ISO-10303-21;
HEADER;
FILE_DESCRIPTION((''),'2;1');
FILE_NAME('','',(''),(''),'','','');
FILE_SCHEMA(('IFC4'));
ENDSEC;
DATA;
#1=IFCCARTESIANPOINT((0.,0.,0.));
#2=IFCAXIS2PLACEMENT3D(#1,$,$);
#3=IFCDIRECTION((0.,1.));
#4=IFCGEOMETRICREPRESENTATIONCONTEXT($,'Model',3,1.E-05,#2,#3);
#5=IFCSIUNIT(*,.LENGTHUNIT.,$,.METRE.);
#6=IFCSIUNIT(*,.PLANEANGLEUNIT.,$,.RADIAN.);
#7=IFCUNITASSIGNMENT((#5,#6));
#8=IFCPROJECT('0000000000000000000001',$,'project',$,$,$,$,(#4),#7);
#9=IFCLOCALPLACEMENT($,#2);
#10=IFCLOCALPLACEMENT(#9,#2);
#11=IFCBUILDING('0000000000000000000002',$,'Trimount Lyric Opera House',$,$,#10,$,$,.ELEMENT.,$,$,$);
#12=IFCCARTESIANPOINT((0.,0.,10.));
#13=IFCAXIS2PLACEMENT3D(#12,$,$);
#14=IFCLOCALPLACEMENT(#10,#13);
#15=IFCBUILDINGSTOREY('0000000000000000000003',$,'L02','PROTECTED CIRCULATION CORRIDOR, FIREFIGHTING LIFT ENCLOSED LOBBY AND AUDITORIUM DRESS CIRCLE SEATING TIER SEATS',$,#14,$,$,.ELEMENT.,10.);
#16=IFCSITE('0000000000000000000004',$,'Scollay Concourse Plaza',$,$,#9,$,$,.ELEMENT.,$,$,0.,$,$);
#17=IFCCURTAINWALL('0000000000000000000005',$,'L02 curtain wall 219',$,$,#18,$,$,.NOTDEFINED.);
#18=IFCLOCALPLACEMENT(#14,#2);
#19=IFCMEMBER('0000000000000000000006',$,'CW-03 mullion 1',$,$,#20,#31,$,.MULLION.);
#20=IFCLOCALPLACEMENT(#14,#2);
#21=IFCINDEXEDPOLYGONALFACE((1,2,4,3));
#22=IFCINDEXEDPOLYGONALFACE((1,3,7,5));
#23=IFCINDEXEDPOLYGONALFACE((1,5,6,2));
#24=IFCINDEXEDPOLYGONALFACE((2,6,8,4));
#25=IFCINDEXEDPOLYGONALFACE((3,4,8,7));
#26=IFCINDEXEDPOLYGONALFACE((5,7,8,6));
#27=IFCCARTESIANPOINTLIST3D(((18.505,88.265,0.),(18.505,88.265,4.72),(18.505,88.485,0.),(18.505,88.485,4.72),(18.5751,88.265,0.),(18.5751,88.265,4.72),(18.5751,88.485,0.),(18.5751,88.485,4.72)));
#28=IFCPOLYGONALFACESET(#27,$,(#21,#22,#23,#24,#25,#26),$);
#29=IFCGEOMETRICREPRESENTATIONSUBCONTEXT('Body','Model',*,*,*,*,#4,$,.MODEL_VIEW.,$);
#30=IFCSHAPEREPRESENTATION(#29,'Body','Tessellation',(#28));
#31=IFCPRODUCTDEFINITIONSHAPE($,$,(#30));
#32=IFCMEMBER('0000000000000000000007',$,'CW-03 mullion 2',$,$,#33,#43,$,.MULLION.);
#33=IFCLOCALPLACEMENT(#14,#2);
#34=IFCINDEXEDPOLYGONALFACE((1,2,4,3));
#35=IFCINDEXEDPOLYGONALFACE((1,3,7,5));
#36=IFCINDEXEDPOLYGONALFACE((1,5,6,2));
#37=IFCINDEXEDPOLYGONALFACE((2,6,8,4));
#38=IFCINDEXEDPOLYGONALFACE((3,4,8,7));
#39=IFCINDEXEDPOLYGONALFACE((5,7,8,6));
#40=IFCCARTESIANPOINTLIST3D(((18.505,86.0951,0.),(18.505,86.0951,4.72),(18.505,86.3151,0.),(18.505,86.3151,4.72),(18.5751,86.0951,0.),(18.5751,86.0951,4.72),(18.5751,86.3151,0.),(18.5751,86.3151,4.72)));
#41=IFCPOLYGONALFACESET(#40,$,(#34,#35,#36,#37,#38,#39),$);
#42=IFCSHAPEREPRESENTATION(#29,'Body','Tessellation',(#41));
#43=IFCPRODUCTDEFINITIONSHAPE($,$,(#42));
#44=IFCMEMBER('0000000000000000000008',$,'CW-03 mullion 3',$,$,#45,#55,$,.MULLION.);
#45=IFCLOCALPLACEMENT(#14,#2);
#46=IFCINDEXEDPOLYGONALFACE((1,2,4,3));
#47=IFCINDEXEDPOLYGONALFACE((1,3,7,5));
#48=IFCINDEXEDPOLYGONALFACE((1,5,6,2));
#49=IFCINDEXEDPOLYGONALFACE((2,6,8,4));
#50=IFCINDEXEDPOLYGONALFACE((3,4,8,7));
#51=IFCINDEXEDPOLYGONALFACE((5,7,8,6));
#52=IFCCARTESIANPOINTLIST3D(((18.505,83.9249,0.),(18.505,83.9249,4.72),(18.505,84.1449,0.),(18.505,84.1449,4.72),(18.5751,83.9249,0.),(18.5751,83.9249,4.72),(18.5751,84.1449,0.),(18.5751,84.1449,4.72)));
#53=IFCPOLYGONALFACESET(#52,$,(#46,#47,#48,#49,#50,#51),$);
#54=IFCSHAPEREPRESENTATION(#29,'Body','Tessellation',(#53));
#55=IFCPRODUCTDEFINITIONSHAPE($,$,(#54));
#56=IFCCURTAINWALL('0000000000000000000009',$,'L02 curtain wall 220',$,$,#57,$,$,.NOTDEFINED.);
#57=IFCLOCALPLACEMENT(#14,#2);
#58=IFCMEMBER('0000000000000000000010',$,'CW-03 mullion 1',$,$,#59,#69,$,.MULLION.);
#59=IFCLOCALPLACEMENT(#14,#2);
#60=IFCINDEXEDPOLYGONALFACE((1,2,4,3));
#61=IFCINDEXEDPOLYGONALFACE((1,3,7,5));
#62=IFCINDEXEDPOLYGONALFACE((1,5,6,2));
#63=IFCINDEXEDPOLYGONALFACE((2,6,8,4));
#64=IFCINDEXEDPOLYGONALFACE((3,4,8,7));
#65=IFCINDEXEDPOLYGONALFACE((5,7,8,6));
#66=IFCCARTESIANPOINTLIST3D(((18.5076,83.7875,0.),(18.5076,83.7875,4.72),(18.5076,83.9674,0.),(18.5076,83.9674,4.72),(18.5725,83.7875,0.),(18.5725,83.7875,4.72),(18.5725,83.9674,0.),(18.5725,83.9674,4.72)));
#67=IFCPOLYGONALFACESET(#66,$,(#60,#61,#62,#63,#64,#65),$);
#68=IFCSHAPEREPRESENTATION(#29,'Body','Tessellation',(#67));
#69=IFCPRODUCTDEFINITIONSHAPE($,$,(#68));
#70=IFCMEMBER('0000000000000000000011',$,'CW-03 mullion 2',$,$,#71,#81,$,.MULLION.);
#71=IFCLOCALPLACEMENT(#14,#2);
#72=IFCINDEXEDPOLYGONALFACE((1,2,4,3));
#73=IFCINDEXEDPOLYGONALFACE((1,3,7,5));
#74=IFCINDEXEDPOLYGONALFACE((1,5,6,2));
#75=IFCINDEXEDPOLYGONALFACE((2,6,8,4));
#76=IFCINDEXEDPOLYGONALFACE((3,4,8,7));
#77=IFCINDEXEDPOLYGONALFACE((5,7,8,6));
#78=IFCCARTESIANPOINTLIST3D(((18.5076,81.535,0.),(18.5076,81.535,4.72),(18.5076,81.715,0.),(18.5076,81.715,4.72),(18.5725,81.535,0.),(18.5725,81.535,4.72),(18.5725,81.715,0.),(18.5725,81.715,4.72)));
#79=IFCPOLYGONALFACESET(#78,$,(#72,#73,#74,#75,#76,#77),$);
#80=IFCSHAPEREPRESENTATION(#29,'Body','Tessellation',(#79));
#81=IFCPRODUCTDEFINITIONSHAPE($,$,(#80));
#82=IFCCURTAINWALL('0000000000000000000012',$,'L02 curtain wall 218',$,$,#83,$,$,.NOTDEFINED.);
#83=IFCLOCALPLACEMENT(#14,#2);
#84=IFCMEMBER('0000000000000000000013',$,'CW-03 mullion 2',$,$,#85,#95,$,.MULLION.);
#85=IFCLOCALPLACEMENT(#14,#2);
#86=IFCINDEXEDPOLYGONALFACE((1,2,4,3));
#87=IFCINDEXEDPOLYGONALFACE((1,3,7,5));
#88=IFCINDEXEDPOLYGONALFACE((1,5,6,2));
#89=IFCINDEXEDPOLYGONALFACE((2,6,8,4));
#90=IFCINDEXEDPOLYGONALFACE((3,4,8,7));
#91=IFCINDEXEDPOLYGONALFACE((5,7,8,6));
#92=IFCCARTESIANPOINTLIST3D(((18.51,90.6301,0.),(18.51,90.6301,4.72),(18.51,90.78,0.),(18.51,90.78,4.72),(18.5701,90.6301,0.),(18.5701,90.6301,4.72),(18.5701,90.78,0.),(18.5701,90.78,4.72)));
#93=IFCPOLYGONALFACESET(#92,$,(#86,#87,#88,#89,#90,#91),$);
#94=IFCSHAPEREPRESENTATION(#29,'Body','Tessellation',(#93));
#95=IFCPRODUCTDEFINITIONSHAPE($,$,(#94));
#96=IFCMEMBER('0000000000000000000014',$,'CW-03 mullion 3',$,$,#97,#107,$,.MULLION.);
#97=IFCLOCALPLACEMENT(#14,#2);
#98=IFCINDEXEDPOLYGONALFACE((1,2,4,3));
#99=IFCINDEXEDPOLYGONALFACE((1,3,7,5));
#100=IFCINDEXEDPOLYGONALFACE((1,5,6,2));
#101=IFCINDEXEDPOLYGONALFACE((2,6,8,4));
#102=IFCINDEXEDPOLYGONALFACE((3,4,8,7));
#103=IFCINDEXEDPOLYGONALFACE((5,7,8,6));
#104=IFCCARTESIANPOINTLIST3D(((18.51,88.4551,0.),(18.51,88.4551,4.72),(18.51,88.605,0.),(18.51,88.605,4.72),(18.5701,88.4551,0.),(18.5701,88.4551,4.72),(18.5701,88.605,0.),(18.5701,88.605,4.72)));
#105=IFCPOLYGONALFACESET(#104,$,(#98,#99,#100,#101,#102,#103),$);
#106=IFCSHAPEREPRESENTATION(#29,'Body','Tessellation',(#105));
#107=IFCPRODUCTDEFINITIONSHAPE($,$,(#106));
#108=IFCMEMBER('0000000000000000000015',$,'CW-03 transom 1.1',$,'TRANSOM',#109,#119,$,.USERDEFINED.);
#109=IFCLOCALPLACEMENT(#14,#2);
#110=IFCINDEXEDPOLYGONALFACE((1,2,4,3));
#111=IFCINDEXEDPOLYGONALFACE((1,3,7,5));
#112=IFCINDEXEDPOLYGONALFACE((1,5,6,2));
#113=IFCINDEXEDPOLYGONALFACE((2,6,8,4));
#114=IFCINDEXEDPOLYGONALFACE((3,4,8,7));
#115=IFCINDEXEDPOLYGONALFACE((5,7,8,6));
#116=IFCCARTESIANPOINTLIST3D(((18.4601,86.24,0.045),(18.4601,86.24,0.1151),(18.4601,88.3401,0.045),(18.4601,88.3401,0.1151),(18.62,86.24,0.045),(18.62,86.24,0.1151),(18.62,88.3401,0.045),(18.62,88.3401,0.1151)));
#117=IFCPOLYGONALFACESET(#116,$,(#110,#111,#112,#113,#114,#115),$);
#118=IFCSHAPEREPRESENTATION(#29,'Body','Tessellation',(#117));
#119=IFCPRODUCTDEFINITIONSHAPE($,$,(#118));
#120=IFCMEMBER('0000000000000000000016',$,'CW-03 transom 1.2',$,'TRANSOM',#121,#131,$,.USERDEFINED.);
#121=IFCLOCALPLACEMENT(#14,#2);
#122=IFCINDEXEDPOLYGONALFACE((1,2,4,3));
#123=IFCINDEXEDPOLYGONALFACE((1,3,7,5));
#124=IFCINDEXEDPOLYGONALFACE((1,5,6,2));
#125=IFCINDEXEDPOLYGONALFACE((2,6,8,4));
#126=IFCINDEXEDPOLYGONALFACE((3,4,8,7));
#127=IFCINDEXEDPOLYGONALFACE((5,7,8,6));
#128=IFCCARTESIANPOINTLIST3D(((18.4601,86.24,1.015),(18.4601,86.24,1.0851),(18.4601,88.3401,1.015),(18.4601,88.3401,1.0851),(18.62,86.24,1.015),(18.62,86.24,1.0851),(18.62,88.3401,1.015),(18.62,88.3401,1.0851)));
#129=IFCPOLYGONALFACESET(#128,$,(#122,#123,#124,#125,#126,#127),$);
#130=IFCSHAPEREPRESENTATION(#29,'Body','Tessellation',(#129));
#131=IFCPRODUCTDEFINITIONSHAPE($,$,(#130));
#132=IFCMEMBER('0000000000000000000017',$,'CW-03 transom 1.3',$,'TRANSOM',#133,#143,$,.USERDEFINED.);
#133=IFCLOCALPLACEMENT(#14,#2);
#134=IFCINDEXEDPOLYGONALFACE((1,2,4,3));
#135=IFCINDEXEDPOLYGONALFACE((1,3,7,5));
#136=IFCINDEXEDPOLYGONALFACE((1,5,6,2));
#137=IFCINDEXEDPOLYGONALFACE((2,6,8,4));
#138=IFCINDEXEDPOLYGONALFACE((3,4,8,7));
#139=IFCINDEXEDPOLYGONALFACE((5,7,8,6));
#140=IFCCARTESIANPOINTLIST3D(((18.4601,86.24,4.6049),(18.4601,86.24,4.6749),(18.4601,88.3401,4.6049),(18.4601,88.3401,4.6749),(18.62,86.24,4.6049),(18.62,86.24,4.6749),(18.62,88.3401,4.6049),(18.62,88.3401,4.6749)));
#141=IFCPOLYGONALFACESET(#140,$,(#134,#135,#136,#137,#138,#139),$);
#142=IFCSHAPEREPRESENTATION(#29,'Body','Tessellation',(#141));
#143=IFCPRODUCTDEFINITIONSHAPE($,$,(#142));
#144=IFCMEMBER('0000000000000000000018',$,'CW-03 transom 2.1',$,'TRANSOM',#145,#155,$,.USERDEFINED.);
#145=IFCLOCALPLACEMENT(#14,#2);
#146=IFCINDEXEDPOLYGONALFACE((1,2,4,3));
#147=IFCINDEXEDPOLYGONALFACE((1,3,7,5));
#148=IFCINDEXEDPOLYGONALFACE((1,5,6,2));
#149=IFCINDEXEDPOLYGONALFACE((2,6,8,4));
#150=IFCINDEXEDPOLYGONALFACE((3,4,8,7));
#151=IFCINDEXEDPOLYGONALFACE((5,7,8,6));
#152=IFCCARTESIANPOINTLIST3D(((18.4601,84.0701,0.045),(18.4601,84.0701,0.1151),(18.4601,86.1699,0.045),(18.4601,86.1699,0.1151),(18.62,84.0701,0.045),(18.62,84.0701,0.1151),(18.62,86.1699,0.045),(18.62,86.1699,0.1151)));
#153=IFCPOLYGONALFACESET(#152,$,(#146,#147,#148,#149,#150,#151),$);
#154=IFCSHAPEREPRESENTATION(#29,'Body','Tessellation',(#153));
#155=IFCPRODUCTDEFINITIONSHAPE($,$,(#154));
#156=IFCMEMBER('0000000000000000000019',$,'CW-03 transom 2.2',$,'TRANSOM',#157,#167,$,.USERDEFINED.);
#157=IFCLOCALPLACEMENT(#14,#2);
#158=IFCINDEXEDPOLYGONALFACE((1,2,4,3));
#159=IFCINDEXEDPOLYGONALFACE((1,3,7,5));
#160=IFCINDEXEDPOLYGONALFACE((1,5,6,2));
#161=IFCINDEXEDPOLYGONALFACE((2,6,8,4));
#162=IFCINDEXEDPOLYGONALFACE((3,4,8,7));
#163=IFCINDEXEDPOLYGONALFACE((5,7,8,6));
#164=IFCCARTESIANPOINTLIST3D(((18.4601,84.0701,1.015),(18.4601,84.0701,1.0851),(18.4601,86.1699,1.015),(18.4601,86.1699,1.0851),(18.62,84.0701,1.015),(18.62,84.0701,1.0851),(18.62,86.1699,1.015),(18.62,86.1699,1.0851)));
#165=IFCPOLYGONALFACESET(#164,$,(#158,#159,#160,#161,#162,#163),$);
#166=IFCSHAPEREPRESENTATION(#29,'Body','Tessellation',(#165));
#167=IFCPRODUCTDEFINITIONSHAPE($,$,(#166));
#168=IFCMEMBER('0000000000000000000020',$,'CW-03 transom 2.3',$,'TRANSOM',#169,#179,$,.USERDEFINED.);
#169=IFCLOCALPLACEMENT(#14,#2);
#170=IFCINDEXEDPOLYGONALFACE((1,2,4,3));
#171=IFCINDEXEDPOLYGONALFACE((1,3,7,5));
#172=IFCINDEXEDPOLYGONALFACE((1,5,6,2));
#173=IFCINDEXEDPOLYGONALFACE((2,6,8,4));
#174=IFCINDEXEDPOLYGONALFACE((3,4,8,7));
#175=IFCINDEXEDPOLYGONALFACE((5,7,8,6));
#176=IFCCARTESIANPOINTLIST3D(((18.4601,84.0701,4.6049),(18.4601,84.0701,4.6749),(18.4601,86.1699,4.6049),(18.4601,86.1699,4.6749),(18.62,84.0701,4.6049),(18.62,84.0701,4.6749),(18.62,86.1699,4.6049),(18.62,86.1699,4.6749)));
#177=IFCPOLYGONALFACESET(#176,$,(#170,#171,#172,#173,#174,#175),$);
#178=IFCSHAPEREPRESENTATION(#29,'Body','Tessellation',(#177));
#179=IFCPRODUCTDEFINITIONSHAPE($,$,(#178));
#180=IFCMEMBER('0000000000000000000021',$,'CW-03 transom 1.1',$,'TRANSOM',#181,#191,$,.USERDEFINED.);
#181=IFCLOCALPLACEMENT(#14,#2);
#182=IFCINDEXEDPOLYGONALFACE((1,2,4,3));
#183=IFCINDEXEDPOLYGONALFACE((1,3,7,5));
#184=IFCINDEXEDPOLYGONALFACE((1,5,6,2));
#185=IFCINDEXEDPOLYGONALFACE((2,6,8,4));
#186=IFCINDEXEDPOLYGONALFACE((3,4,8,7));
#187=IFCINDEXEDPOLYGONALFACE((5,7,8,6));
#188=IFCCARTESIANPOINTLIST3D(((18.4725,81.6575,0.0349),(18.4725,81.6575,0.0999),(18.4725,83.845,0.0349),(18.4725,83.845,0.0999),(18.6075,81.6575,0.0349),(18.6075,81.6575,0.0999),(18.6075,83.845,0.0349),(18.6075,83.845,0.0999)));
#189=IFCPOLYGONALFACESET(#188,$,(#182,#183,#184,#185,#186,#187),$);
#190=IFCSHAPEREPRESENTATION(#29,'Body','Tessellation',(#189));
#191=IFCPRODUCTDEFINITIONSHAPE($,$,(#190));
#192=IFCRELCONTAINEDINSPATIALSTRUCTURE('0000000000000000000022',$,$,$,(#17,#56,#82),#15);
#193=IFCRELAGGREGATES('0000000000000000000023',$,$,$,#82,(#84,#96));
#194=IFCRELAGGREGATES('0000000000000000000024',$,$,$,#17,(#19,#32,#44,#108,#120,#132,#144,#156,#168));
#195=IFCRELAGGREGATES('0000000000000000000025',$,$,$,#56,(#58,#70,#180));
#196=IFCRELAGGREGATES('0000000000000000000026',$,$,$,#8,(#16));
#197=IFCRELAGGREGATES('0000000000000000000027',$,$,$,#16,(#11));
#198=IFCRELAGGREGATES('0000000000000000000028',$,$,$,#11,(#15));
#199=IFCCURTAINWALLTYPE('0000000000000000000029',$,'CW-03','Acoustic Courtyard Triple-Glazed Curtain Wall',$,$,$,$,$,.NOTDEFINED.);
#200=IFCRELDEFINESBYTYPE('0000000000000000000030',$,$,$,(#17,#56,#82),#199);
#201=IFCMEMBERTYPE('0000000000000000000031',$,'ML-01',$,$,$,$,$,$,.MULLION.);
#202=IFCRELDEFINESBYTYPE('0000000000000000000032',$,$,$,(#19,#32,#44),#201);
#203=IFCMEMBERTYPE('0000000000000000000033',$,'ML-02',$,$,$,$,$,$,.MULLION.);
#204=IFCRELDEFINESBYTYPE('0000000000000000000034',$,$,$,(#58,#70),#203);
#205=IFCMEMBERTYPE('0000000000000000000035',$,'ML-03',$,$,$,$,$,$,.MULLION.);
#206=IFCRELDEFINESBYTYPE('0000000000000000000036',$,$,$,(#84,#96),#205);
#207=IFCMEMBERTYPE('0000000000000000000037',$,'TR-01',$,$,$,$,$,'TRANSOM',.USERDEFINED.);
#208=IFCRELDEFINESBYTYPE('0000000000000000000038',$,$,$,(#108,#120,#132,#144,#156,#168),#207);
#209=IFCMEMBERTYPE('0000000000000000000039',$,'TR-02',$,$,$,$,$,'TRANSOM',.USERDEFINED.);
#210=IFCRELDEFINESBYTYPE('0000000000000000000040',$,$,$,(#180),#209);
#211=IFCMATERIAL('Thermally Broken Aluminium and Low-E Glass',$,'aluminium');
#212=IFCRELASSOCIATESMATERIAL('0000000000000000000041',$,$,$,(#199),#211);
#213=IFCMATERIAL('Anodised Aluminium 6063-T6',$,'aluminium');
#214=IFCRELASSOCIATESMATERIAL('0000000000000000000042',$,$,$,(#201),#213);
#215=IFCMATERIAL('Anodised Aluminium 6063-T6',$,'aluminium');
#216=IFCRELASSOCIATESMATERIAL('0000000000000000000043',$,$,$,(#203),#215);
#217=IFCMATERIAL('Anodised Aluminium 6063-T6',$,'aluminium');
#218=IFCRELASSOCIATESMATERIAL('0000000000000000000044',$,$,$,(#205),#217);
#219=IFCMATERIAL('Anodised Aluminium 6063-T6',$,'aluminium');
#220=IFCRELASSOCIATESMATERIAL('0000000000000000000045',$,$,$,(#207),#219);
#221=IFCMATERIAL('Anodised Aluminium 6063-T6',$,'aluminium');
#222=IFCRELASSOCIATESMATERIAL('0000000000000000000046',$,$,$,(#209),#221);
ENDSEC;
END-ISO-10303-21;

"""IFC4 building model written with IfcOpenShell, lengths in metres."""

from ifc_helpers import new_model, si_unit, direction, frame, origin, origin_2d, place, context, subcontext, project, spatial, rectangle, extrude, material, material_profile, profile_set, type_object, element, aggregate, save


model = new_model("IFC4")

# Units and contexts
model_context = context("Model", 3, precision=1e-05, world=origin(), true_north=direction((0.0, 1.0)))
body_context = subcontext(model_context, "Body", "Model", "MODEL_VIEW")
ifc_project = project(units=[si_unit("LENGTHUNIT", "METRE"), si_unit("PLANEANGLEUNIT", "RADIAN")], contexts=[model_context])

# Site, building, storey
site_placement = place(None, origin())
site = spatial("IfcSite", under=ifc_project, at=site_placement, Name="Scollay Concourse Plaza", CompositionType="ELEMENT", RefElevation=0.0)
building_placement = place(site_placement, origin())
building = spatial("IfcBuilding", under=site, at=building_placement, Name="Trimount Lyric Opera House", CompositionType="ELEMENT")
storey_placement = place(building_placement, frame((0.0, 0.0, 10.0)))
storey = spatial("IfcBuildingStorey", under=building, at=storey_placement, Name="L02", Description="PROTECTED CIRCULATION CORRIDOR, FIREFIGHTING LIFT ENCLOSED LOBBY AND AUDITORIUM DRESS CIRCLE SEATING TIER SEATS", CompositionType="ELEMENT", Elevation=10.0)

# Curtain walls, members
ifc_material_1 = material(Name="Thermally Broken Aluminium and Low-E Glass", Category="aluminium")
curtain_wall_type = type_object("IfcCurtainWallType", Name="CW-03", Description="Acoustic Courtyard Triple-Glazed Curtain Wall", PredefinedType="NOTDEFINED", material=ifc_material_1)
curtain_wall_1_placement = place(storey_placement, origin())
curtain_wall_1 = element("IfcCurtainWall", 1, at=curtain_wall_1_placement, inside=storey, type_object=curtain_wall_type, Name="L02 curtain wall 219", PredefinedType="NOTDEFINED")
ifc_material_2 = material(Name="Anodised Aluminium 6063-T6", Category="aluminium")
ifc_material_profile_1 = material_profile(ifc_material_2, rectangle(XDim=0.0701, YDim=0.22, at=origin_2d()), Name="ALU-MULL-70X220")
ifc_profile_set_1 = profile_set([ifc_material_profile_1], Name="Anodised Aluminium 6063-T6")
member_type_1 = type_object("IfcMemberType", Name="ML-01", PredefinedType="MULLION", material=ifc_profile_set_1)
member_1_placement = place(storey_placement, frame((18.54, 88.375, 0.0), z_axis=(0.0, 0.0, 1.0), x_axis=(1.0, 0.0, 0.0)))
member_1 = element("IfcMember", 2, at=member_1_placement, type_object=member_type_1, Name="CW-03 mullion 1", PredefinedType="MULLION", context=body_context, shape_type="SweptSolid", body=[
    extrude(rectangle(XDim=0.0701, YDim=0.22, at=origin_2d()), origin(), (0.0, 0.0, 1.0), 4.72),
])
member_2_placement = place(storey_placement, frame((18.54, 86.2051, 0.0), z_axis=(0.0, 0.0, 1.0), x_axis=(1.0, 0.0, 0.0)))
member_2 = element("IfcMember", 3, at=member_2_placement, type_object=member_type_1, Name="CW-03 mullion 2", PredefinedType="MULLION", context=body_context, shape_type="SweptSolid", body=[
    extrude(rectangle(XDim=0.0701, YDim=0.22, at=origin_2d()), origin(), (0.0, 0.0, 1.0), 4.72),
])
member_3_placement = place(storey_placement, frame((18.54, 84.0349, 0.0), z_axis=(0.0, 0.0, 1.0), x_axis=(1.0, 0.0, 0.0)))
member_3 = element("IfcMember", 4, at=member_3_placement, type_object=member_type_1, Name="CW-03 mullion 3", PredefinedType="MULLION", context=body_context, shape_type="SweptSolid", body=[
    extrude(rectangle(XDim=0.0701, YDim=0.22, at=origin_2d()), origin(), (0.0, 0.0, 1.0), 4.72),
])
curtain_wall_2_placement = place(storey_placement, origin())
curtain_wall_2 = element("IfcCurtainWall", 5, at=curtain_wall_2_placement, inside=storey, type_object=curtain_wall_type, Name="L02 curtain wall 220", PredefinedType="NOTDEFINED")
ifc_material_3 = material(Name="Anodised Aluminium 6063-T6", Category="aluminium")
ifc_material_profile_2 = material_profile(ifc_material_3, rectangle(XDim=0.0649, YDim=0.1799, at=origin_2d()), Name="ALU-MULL-65X180")
ifc_profile_set_2 = profile_set([ifc_material_profile_2], Name="Anodised Aluminium 6063-T6")
member_type_2 = type_object("IfcMemberType", Name="ML-02", PredefinedType="MULLION", material=ifc_profile_set_2)
member_4_placement = place(storey_placement, frame((18.54, 83.8774, 0.0), z_axis=(0.0, 0.0, 1.0), x_axis=(1.0, 0.0, 0.0)))
member_4 = element("IfcMember", 6, at=member_4_placement, type_object=member_type_2, Name="CW-03 mullion 1", PredefinedType="MULLION", context=body_context, shape_type="SweptSolid", body=[
    extrude(rectangle(XDim=0.0649, YDim=0.1799, at=origin_2d()), origin(), (0.0, 0.0, 1.0), 4.72),
])
member_5_placement = place(storey_placement, frame((18.54, 81.625, 0.0), z_axis=(0.0, 0.0, 1.0), x_axis=(1.0, 0.0, 0.0)))
member_5 = element("IfcMember", 7, at=member_5_placement, type_object=member_type_2, Name="CW-03 mullion 2", PredefinedType="MULLION", context=body_context, shape_type="SweptSolid", body=[
    extrude(rectangle(XDim=0.0649, YDim=0.1799, at=origin_2d()), origin(), (0.0, 0.0, 1.0), 4.72),
])
curtain_wall_3_placement = place(storey_placement, origin())
curtain_wall_3 = element("IfcCurtainWall", 8, at=curtain_wall_3_placement, inside=storey, type_object=curtain_wall_type, Name="L02 curtain wall 218", PredefinedType="NOTDEFINED")
ifc_material_4 = material(Name="Anodised Aluminium 6063-T6", Category="aluminium")
ifc_material_profile_3 = material_profile(ifc_material_4, rectangle(XDim=0.0601, YDim=0.1499, at=origin_2d()), Name="ALU-MULL-60X150")
ifc_profile_set_3 = profile_set([ifc_material_profile_3], Name="Anodised Aluminium 6063-T6")
member_type_3 = type_object("IfcMemberType", Name="ML-03", PredefinedType="MULLION", material=ifc_profile_set_3)
member_6_placement = place(storey_placement, frame((18.54, 90.7051, 0.0), z_axis=(0.0, 0.0, 1.0), x_axis=(1.0, 0.0, 0.0)))
member_6 = element("IfcMember", 9, at=member_6_placement, type_object=member_type_3, Name="CW-03 mullion 2", PredefinedType="MULLION", context=body_context, shape_type="SweptSolid", body=[
    extrude(rectangle(XDim=0.0601, YDim=0.1499, at=origin_2d()), origin(), (0.0, 0.0, 1.0), 4.72),
])
member_7_placement = place(storey_placement, frame((18.54, 88.53, 0.0), z_axis=(0.0, 0.0, 1.0), x_axis=(1.0, 0.0, 0.0)))
member_7 = element("IfcMember", 10, at=member_7_placement, type_object=member_type_3, Name="CW-03 mullion 3", PredefinedType="MULLION", context=body_context, shape_type="SweptSolid", body=[
    extrude(rectangle(XDim=0.0601, YDim=0.1499, at=origin_2d()), origin(), (0.0, 0.0, 1.0), 4.72),
])

# Members
ifc_material_5 = material(Name="Anodised Aluminium 6063-T6", Category="aluminium")
ifc_material_profile_4 = material_profile(ifc_material_5, rectangle(XDim=0.1599, YDim=0.0701, at=origin_2d()), Name="ALU-TRAN-70X160")
ifc_profile_set_4 = profile_set([ifc_material_profile_4], Name="Anodised Aluminium 6063-T6")
member_type_4 = type_object("IfcMemberType", Name="TR-01", ElementType="TRANSOM", PredefinedType="USERDEFINED", material=ifc_profile_set_4)
member_8_placement = place(storey_placement, frame((18.54, 88.3401, 0.0801), z_axis=(0.0, -1.0, 0.0), x_axis=(1.0, 0.0, 0.0)))
member_8 = element("IfcMember", 11, at=member_8_placement, type_object=member_type_4, Name="CW-03 transom 1.1", ObjectType="TRANSOM", PredefinedType="USERDEFINED", context=body_context, shape_type="SweptSolid", body=[
    extrude(rectangle(XDim=0.1599, YDim=0.0701, at=origin_2d()), origin(), (0.0, 0.0, 1.0), 2.1001),
])
member_9_placement = place(storey_placement, frame((18.54, 88.3401, 1.05), z_axis=(0.0, -1.0, 0.0), x_axis=(1.0, 0.0, 0.0)))
member_9 = element("IfcMember", 12, at=member_9_placement, type_object=member_type_4, Name="CW-03 transom 1.2", ObjectType="TRANSOM", PredefinedType="USERDEFINED", context=body_context, shape_type="SweptSolid", body=[
    extrude(rectangle(XDim=0.1599, YDim=0.0701, at=origin_2d()), origin(), (0.0, 0.0, 1.0), 2.1001),
])
member_10_placement = place(storey_placement, frame((18.54, 88.3401, 4.6399), z_axis=(0.0, -1.0, 0.0), x_axis=(1.0, 0.0, 0.0)))
member_10 = element("IfcMember", 13, at=member_10_placement, type_object=member_type_4, Name="CW-03 transom 1.3", ObjectType="TRANSOM", PredefinedType="USERDEFINED", context=body_context, shape_type="SweptSolid", body=[
    extrude(rectangle(XDim=0.1599, YDim=0.0701, at=origin_2d()), origin(), (0.0, 0.0, 1.0), 2.1001),
])
member_11_placement = place(storey_placement, frame((18.54, 86.1699, 0.0801), z_axis=(0.0, -1.0, 0.0), x_axis=(1.0, 0.0, 0.0)))
member_11 = element("IfcMember", 14, at=member_11_placement, type_object=member_type_4, Name="CW-03 transom 2.1", ObjectType="TRANSOM", PredefinedType="USERDEFINED", context=body_context, shape_type="SweptSolid", body=[
    extrude(rectangle(XDim=0.1599, YDim=0.0701, at=origin_2d()), origin(), (0.0, 0.0, 1.0), 2.0999),
])
member_12_placement = place(storey_placement, frame((18.54, 86.1699, 1.05), z_axis=(0.0, -1.0, 0.0), x_axis=(1.0, 0.0, 0.0)))
member_12 = element("IfcMember", 15, at=member_12_placement, type_object=member_type_4, Name="CW-03 transom 2.2", ObjectType="TRANSOM", PredefinedType="USERDEFINED", context=body_context, shape_type="SweptSolid", body=[
    extrude(rectangle(XDim=0.1599, YDim=0.0701, at=origin_2d()), origin(), (0.0, 0.0, 1.0), 2.0999),
])
member_13_placement = place(storey_placement, frame((18.54, 86.1699, 4.6399), z_axis=(0.0, -1.0, 0.0), x_axis=(1.0, 0.0, 0.0)))
member_13 = element("IfcMember", 16, at=member_13_placement, type_object=member_type_4, Name="CW-03 transom 2.3", ObjectType="TRANSOM", PredefinedType="USERDEFINED", context=body_context, shape_type="SweptSolid", body=[
    extrude(rectangle(XDim=0.1599, YDim=0.0701, at=origin_2d()), origin(), (0.0, 0.0, 1.0), 2.0999),
])
ifc_material_6 = material(Name="Anodised Aluminium 6063-T6", Category="aluminium")
ifc_material_profile_5 = material_profile(ifc_material_6, rectangle(XDim=0.135, YDim=0.0649, at=origin_2d()), Name="ALU-TRAN-65X135")
ifc_profile_set_5 = profile_set([ifc_material_profile_5], Name="Anodised Aluminium 6063-T6")
member_type_5 = type_object("IfcMemberType", Name="TR-02", ElementType="TRANSOM", PredefinedType="USERDEFINED", material=ifc_profile_set_5)
member_14_placement = place(storey_placement, frame((18.54, 83.845, 0.0674), z_axis=(0.0, -1.0, 0.0), x_axis=(1.0, 0.0, 0.0)))
member_14 = element("IfcMember", 17, at=member_14_placement, type_object=member_type_5, Name="CW-03 transom 1.1", ObjectType="TRANSOM", PredefinedType="USERDEFINED", context=body_context, shape_type="SweptSolid", body=[
    extrude(rectangle(XDim=0.135, YDim=0.0649, at=origin_2d()), origin(), (0.0, 0.0, 1.0), 2.1875),
])

aggregate(curtain_wall_3, [member_6, member_7])
aggregate(curtain_wall_1, [member_1, member_2, member_3, member_8, member_9, member_10, member_11, member_12, member_13])
aggregate(curtain_wall_2, [member_4, member_5, member_14])

save(model, "model.ifc")
